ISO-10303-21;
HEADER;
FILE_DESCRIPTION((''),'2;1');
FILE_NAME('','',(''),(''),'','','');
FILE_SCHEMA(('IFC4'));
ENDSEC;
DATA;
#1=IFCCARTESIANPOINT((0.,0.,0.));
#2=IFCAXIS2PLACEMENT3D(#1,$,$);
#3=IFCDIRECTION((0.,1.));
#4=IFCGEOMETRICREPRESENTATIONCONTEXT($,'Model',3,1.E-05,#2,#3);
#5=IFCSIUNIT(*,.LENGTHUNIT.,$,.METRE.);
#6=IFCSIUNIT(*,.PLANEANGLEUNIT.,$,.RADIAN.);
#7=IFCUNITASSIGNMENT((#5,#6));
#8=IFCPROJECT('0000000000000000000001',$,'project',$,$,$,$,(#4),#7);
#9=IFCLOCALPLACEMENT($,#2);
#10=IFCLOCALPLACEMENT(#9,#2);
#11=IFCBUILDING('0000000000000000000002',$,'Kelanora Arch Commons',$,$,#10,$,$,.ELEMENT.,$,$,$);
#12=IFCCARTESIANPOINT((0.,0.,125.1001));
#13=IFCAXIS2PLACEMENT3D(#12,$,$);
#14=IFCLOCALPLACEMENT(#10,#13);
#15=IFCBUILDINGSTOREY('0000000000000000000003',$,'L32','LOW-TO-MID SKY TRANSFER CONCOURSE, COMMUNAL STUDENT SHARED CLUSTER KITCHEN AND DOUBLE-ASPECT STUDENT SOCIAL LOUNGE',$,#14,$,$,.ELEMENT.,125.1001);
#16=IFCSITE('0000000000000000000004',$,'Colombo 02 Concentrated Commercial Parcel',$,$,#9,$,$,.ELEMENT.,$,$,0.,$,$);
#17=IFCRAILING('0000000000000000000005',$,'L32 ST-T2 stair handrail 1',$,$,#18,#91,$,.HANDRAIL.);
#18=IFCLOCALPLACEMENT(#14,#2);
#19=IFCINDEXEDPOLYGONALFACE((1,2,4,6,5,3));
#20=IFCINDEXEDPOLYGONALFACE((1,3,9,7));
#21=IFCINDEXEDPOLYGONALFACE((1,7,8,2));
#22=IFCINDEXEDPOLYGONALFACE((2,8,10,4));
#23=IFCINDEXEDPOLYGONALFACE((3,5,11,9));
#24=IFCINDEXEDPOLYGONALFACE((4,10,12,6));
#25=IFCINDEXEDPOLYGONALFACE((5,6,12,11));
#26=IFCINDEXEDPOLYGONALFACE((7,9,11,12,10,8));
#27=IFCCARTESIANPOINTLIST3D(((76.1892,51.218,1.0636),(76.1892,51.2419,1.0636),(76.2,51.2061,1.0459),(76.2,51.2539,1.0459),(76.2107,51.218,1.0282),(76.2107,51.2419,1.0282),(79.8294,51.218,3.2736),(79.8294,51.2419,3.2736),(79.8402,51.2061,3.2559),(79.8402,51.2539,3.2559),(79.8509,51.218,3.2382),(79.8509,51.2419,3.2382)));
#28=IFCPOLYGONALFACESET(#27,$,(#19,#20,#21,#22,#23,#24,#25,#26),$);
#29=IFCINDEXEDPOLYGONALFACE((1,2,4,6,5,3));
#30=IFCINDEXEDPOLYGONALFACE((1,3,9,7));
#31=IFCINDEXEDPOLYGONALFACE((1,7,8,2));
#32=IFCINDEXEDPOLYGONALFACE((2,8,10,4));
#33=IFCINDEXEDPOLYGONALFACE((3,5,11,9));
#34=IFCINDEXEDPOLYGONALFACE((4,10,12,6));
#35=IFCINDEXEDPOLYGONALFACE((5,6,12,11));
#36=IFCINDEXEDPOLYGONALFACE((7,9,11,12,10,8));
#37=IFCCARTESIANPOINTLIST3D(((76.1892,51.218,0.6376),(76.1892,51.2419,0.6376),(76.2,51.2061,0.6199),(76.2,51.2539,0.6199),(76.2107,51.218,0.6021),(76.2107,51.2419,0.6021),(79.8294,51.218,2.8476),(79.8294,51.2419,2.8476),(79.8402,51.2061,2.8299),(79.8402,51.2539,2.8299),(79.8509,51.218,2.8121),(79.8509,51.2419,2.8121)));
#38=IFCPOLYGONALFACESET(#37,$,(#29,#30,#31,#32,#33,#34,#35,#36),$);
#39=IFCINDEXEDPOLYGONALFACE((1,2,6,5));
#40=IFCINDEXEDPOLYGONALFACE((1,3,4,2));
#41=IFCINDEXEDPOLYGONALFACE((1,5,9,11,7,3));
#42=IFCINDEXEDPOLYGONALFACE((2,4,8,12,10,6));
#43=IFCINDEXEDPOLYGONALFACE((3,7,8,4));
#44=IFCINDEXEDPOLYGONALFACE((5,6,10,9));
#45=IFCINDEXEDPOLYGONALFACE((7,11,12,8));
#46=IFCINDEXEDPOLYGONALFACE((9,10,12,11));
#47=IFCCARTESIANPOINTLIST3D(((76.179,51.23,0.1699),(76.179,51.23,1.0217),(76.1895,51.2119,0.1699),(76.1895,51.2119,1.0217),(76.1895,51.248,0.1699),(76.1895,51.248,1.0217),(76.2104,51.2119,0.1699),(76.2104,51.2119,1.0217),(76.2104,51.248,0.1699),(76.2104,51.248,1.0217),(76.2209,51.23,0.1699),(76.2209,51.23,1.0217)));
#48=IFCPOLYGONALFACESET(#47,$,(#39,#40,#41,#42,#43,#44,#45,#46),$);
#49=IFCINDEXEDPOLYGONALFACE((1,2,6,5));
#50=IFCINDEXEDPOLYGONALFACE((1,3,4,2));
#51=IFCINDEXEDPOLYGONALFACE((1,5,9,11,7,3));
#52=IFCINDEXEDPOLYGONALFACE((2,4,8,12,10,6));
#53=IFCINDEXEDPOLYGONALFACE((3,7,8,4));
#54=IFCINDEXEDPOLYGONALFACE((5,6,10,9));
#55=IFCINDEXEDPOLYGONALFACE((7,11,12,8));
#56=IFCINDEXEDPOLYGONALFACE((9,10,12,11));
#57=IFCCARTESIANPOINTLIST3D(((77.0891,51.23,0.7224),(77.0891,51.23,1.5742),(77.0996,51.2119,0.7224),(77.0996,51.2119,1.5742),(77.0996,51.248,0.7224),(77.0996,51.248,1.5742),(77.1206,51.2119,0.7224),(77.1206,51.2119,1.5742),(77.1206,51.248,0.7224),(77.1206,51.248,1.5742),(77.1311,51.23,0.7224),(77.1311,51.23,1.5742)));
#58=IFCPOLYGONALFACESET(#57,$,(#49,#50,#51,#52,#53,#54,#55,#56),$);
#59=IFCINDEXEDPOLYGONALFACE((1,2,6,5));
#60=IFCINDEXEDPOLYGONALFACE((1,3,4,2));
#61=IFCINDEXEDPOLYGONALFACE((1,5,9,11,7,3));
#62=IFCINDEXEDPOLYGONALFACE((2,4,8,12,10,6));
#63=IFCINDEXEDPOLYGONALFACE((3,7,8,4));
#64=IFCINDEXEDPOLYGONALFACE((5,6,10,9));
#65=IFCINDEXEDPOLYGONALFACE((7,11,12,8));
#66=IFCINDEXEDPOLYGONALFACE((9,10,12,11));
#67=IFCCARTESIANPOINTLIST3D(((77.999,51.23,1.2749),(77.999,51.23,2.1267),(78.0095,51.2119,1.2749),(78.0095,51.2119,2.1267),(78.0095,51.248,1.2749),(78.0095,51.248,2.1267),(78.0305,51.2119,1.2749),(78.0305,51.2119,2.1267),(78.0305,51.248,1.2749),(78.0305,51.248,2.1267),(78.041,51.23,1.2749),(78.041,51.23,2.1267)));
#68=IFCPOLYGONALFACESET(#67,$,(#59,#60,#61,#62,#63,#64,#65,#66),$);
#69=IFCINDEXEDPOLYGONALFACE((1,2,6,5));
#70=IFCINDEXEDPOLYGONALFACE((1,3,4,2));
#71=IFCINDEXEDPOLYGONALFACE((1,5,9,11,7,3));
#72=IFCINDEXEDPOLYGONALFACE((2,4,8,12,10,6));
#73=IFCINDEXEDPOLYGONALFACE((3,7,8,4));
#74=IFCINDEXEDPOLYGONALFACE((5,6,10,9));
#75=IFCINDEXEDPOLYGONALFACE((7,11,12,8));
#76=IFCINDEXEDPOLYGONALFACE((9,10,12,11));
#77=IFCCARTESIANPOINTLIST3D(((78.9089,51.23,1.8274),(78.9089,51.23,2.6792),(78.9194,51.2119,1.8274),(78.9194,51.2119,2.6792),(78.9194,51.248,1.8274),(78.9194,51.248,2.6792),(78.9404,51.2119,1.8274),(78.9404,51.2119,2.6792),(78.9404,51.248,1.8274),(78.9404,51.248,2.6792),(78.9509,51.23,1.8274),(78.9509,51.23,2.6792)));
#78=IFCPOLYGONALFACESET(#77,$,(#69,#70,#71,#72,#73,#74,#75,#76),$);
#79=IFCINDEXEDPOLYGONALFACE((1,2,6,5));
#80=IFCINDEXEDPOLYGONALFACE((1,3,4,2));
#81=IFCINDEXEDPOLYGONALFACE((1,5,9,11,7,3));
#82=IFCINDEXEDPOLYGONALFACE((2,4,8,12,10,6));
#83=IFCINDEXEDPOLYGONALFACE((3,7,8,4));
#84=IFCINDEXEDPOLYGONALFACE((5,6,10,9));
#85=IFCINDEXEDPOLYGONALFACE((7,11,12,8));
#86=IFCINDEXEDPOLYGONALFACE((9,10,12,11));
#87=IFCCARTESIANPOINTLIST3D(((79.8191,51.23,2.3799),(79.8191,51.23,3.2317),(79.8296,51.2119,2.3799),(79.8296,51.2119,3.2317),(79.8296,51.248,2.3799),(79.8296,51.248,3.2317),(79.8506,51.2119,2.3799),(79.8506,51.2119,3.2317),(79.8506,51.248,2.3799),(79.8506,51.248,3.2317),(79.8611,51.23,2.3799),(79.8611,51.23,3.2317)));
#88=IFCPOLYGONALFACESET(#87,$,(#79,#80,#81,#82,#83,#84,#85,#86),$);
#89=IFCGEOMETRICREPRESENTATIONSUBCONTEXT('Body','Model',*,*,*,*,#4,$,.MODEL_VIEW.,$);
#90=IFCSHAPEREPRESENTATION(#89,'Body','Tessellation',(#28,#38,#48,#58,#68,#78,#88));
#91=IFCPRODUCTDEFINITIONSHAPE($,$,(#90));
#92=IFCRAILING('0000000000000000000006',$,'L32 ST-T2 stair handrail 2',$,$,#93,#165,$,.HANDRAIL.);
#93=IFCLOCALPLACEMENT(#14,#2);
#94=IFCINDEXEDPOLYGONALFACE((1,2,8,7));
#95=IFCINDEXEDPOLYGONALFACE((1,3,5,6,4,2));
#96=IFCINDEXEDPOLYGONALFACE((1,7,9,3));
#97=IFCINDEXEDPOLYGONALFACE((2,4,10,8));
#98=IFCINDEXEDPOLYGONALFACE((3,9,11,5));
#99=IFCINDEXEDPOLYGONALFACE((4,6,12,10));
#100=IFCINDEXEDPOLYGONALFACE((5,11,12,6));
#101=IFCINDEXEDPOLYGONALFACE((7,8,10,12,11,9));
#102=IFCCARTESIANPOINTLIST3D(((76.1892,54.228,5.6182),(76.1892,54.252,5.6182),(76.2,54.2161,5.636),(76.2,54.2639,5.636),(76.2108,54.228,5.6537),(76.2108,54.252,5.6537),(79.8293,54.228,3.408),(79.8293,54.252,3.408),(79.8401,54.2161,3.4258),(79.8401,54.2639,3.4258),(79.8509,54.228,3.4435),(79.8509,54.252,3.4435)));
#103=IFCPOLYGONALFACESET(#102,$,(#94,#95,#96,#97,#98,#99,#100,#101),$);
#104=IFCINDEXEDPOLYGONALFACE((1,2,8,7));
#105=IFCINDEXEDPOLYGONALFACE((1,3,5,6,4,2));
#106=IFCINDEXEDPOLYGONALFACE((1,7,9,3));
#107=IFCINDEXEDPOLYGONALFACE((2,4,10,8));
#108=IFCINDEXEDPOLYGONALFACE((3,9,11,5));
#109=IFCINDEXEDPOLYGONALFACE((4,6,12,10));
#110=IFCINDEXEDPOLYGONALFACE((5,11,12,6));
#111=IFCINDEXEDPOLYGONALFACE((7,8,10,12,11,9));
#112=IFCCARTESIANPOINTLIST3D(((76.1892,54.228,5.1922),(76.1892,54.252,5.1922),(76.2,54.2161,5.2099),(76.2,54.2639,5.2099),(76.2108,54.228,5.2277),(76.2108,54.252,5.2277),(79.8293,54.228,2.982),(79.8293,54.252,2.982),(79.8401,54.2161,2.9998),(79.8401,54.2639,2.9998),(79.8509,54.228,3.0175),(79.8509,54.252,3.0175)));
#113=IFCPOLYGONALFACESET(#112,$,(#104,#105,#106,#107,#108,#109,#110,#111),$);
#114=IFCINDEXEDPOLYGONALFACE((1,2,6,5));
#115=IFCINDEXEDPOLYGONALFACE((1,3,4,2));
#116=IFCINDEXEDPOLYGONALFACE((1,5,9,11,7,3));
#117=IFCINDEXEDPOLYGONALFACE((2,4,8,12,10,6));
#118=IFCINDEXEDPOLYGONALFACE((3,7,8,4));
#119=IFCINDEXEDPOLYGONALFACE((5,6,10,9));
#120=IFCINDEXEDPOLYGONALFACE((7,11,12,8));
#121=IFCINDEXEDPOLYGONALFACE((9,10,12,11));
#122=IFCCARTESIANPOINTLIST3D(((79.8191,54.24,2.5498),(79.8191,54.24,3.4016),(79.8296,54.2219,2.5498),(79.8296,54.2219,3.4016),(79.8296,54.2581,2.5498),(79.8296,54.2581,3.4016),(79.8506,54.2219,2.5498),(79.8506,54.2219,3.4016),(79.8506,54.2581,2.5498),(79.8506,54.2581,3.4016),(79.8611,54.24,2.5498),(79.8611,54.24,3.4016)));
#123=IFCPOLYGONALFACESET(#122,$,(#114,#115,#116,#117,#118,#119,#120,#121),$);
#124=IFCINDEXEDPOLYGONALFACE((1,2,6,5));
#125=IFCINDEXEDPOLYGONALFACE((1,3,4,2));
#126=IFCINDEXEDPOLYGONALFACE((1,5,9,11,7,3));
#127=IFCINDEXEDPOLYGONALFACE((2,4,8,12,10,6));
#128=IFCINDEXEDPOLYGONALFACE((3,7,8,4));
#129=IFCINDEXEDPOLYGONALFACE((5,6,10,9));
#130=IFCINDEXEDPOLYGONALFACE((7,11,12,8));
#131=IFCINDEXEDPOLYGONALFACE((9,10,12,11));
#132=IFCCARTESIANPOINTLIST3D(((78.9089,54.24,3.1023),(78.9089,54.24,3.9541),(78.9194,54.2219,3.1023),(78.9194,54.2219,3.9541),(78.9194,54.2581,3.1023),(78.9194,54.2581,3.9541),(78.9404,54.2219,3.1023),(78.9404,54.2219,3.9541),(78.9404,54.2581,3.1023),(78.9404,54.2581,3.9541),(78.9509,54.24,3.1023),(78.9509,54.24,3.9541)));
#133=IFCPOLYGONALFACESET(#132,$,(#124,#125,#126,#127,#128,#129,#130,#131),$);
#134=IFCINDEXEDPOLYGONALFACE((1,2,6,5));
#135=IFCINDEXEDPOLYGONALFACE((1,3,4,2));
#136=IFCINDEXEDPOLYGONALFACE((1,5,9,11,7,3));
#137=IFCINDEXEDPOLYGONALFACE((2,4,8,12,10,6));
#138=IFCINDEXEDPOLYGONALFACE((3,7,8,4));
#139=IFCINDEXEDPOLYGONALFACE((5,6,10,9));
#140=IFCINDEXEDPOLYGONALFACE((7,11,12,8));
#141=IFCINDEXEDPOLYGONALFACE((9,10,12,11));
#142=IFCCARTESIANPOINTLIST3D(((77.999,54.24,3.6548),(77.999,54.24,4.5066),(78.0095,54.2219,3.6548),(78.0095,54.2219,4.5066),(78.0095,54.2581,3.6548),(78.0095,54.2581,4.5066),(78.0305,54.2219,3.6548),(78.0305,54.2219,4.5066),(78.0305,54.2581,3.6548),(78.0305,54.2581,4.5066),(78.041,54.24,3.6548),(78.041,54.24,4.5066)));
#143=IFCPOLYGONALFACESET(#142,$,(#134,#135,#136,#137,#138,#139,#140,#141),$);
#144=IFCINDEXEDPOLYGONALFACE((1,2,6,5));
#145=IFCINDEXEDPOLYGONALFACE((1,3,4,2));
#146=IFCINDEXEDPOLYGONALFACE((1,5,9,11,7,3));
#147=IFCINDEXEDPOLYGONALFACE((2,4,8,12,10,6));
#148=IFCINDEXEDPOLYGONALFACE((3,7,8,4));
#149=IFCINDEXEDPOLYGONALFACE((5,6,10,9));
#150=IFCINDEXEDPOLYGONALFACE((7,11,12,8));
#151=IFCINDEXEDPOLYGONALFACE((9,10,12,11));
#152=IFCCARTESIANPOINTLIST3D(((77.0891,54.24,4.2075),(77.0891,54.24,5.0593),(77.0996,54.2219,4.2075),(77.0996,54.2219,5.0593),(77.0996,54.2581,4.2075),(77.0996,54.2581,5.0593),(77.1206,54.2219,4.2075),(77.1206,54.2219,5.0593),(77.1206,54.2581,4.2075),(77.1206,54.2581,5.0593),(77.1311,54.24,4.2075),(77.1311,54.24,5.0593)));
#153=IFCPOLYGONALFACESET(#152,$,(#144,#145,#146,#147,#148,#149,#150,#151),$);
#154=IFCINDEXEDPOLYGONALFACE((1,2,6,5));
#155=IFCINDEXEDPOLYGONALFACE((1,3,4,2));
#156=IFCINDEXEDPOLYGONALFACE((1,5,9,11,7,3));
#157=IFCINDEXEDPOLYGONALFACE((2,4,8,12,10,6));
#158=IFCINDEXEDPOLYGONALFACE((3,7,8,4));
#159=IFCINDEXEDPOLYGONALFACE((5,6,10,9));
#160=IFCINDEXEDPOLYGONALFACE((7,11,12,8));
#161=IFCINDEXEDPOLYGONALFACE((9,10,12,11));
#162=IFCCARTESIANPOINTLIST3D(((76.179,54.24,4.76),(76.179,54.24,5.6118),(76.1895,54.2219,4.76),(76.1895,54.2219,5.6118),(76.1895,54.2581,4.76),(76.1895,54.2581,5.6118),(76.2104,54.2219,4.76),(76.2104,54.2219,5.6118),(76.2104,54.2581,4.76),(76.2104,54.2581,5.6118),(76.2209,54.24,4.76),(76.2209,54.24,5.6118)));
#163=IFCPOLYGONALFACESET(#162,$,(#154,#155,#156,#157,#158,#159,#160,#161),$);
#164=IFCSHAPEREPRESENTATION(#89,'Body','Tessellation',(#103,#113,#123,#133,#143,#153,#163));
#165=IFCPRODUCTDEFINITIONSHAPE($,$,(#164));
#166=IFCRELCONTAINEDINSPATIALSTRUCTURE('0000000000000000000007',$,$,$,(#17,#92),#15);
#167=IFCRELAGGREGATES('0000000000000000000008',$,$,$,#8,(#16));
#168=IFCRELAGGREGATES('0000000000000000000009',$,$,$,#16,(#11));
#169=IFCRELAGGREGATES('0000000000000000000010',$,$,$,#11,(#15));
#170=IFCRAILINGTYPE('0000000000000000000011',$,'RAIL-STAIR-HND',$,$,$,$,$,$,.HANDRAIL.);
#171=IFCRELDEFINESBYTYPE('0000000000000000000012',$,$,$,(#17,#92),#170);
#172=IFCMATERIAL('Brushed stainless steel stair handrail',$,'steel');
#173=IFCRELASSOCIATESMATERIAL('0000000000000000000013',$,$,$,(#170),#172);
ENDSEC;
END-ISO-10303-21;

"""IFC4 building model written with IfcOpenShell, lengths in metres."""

from ifc_helpers import new_model, si_unit, direction, frame, origin, place, context, subcontext, project, spatial, polyline, outline, extrude, material, type_object, element, save


model = new_model("IFC4")

# Units and contexts
model_context = context("Model", 3, precision=1e-05, world=origin(), true_north=direction((0.0, 1.0)))
body_context = subcontext(model_context, "Body", "Model", "MODEL_VIEW")
ifc_project = project(units=[si_unit("LENGTHUNIT", "METRE"), si_unit("PLANEANGLEUNIT", "RADIAN")], contexts=[model_context])

# Site, building, storey
site_placement = place(None, origin())
site = spatial("IfcSite", under=ifc_project, at=site_placement, Name="Colombo 02 Concentrated Commercial Parcel", CompositionType="ELEMENT", RefElevation=0.0)
building_placement = place(site_placement, origin())
building = spatial("IfcBuilding", under=site, at=building_placement, Name="Kelanora Arch Commons", CompositionType="ELEMENT")
storey_placement = place(building_placement, frame((0.0, 0.0, 125.1001)))
storey = spatial("IfcBuildingStorey", under=building, at=storey_placement, Name="L32", Description="LOW-TO-MID SKY TRANSFER CONCOURSE, COMMUNAL STUDENT SHARED CLUSTER KITCHEN AND DOUBLE-ASPECT STUDENT SOCIAL LOUNGE", CompositionType="ELEMENT", Elevation=125.1001)

# Railings
ifc_material_1 = material(Name="Brushed stainless steel stair handrail", Category="steel")
railing_type_1 = type_object("IfcRailingType", Name="RAIL-STAIR-HND", PredefinedType="HANDRAIL", material=ifc_material_1)
railing_1_placement = place(storey_placement, frame((76.2, 51.23, 0.1699)))
element("IfcRailing", 1, at=railing_1_placement, inside=storey, type_object=railing_type_1, Name="L32 ST-T2 stair handrail 1", PredefinedType="HANDRAIL", context=body_context, shape_type="SweptSolid", body=[
    extrude(outline(polyline([(0.0239, 0.0), (0.012, 0.0208), (-0.012, 0.0208), (-0.0239, 0.0), (-0.012, -0.0208), (0.012, -0.0208), (0.0239, 0.0)])), frame((0.0, 0.0, 0.876), z_axis=(0.8548, 0.0, 0.518957), x_axis=(0.0, 1.0, 0.0)), (0.0, 0.0, 1.0), 4.2585),
    extrude(outline(polyline([(0.0239, 0.0), (0.012, 0.0208), (-0.012, 0.0208), (-0.0239, 0.0), (-0.012, -0.0208), (0.012, -0.0208), (0.0239, 0.0)])), frame((0.0, 0.0, 0.45), z_axis=(0.8548, 0.0, 0.518957), x_axis=(0.0, 1.0, 0.0)), (0.0, 0.0, 1.0), 4.2585),
    extrude(outline(polyline([(0.021, 0.0), (0.0105, 0.0181), (-0.0105, 0.0181), (-0.021, 0.0), (-0.0105, -0.0181), (0.0105, -0.0181), (0.021, 0.0)])), origin(), (0.0, 0.0, 1.0), 0.8518),
    extrude(outline(polyline([(0.021, 0.0), (0.0105, 0.0181), (-0.0105, 0.0181), (-0.021, 0.0), (-0.0105, -0.0181), (0.0105, -0.0181), (0.021, 0.0)])), frame((0.9102, 0.0, 0.5525)), (0.0, 0.0, 1.0), 0.8518),
    extrude(outline(polyline([(0.021, 0.0), (0.0105, 0.0181), (-0.0105, 0.0181), (-0.021, 0.0), (-0.0105, -0.0181), (0.0105, -0.0181), (0.021, 0.0)])), frame((1.8201, 0.0, 1.105)), (0.0, 0.0, 1.0), 0.8518),
    extrude(outline(polyline([(0.021, 0.0), (0.0105, 0.0181), (-0.0105, 0.0181), (-0.021, 0.0), (-0.0105, -0.0181), (0.0105, -0.0181), (0.021, 0.0)])), frame((2.73, 0.0, 1.6575)), (0.0, 0.0, 1.0), 0.8518),
    extrude(outline(polyline([(0.021, 0.0), (0.0105, 0.0181), (-0.0105, 0.0181), (-0.021, 0.0), (-0.0105, -0.0181), (0.0105, -0.0181), (0.021, 0.0)])), frame((3.6401, 0.0, 2.21)), (0.0, 0.0, 1.0), 0.8518),
])
railing_2_placement = place(storey_placement, frame((79.8401, 54.24, 2.5498)))
element("IfcRailing", 2, at=railing_2_placement, inside=storey, type_object=railing_type_1, Name="L32 ST-T2 stair handrail 2", PredefinedType="HANDRAIL", context=body_context, shape_type="SweptSolid", body=[
    extrude(outline(polyline([(0.0239, 0.0), (0.012, 0.0208), (-0.012, 0.0208), (-0.0239, 0.0), (-0.012, -0.0208), (0.012, -0.0208), (0.0239, 0.0)])), frame((0.0, 0.0, 0.876), z_axis=(-0.854775, 0.0, 0.518999), x_axis=(0.0, -1.0, 0.0)), (0.0, 0.0, 1.0), 4.2585),
    extrude(outline(polyline([(0.0239, 0.0), (0.012, 0.0208), (-0.012, 0.0208), (-0.0239, 0.0), (-0.012, -0.0208), (0.012, -0.0208), (0.0239, 0.0)])), frame((0.0, 0.0, 0.45), z_axis=(-0.854775, 0.0, 0.518999), x_axis=(0.0, -1.0, 0.0)), (0.0, 0.0, 1.0), 4.2585),
    extrude(outline(polyline([(0.021, 0.0), (0.0105, 0.0181), (-0.0105, 0.0181), (-0.021, 0.0), (-0.0105, -0.0181), (0.0105, -0.0181), (0.021, 0.0)])), origin(), (0.0, 0.0, 1.0), 0.8518),
    extrude(outline(polyline([(0.021, 0.0), (0.0105, 0.0181), (-0.0105, 0.0181), (-0.021, 0.0), (-0.0105, -0.0181), (0.0105, -0.0181), (0.021, 0.0)])), frame((-0.9102, 0.0, 0.5525)), (0.0, 0.0, 1.0), 0.8518),
    extrude(outline(polyline([(0.021, 0.0), (0.0105, 0.0181), (-0.0105, 0.0181), (-0.021, 0.0), (-0.0105, -0.0181), (0.0105, -0.0181), (0.021, 0.0)])), frame((-1.8201, 0.0, 1.105)), (0.0, 0.0, 1.0), 0.8518),
    extrude(outline(polyline([(0.021, 0.0), (0.0105, 0.0181), (-0.0105, 0.0181), (-0.021, 0.0), (-0.0105, -0.0181), (0.0105, -0.0181), (0.021, 0.0)])), frame((-2.73, 0.0, 1.6577)), (0.0, 0.0, 1.0), 0.8518),
    extrude(outline(polyline([(0.021, 0.0), (0.0105, 0.0181), (-0.0105, 0.0181), (-0.021, 0.0), (-0.0105, -0.0181), (0.0105, -0.0181), (0.021, 0.0)])), frame((-3.6401, 0.0, 2.2102)), (0.0, 0.0, 1.0), 0.8518),
])

save(model, "model.ifc")
